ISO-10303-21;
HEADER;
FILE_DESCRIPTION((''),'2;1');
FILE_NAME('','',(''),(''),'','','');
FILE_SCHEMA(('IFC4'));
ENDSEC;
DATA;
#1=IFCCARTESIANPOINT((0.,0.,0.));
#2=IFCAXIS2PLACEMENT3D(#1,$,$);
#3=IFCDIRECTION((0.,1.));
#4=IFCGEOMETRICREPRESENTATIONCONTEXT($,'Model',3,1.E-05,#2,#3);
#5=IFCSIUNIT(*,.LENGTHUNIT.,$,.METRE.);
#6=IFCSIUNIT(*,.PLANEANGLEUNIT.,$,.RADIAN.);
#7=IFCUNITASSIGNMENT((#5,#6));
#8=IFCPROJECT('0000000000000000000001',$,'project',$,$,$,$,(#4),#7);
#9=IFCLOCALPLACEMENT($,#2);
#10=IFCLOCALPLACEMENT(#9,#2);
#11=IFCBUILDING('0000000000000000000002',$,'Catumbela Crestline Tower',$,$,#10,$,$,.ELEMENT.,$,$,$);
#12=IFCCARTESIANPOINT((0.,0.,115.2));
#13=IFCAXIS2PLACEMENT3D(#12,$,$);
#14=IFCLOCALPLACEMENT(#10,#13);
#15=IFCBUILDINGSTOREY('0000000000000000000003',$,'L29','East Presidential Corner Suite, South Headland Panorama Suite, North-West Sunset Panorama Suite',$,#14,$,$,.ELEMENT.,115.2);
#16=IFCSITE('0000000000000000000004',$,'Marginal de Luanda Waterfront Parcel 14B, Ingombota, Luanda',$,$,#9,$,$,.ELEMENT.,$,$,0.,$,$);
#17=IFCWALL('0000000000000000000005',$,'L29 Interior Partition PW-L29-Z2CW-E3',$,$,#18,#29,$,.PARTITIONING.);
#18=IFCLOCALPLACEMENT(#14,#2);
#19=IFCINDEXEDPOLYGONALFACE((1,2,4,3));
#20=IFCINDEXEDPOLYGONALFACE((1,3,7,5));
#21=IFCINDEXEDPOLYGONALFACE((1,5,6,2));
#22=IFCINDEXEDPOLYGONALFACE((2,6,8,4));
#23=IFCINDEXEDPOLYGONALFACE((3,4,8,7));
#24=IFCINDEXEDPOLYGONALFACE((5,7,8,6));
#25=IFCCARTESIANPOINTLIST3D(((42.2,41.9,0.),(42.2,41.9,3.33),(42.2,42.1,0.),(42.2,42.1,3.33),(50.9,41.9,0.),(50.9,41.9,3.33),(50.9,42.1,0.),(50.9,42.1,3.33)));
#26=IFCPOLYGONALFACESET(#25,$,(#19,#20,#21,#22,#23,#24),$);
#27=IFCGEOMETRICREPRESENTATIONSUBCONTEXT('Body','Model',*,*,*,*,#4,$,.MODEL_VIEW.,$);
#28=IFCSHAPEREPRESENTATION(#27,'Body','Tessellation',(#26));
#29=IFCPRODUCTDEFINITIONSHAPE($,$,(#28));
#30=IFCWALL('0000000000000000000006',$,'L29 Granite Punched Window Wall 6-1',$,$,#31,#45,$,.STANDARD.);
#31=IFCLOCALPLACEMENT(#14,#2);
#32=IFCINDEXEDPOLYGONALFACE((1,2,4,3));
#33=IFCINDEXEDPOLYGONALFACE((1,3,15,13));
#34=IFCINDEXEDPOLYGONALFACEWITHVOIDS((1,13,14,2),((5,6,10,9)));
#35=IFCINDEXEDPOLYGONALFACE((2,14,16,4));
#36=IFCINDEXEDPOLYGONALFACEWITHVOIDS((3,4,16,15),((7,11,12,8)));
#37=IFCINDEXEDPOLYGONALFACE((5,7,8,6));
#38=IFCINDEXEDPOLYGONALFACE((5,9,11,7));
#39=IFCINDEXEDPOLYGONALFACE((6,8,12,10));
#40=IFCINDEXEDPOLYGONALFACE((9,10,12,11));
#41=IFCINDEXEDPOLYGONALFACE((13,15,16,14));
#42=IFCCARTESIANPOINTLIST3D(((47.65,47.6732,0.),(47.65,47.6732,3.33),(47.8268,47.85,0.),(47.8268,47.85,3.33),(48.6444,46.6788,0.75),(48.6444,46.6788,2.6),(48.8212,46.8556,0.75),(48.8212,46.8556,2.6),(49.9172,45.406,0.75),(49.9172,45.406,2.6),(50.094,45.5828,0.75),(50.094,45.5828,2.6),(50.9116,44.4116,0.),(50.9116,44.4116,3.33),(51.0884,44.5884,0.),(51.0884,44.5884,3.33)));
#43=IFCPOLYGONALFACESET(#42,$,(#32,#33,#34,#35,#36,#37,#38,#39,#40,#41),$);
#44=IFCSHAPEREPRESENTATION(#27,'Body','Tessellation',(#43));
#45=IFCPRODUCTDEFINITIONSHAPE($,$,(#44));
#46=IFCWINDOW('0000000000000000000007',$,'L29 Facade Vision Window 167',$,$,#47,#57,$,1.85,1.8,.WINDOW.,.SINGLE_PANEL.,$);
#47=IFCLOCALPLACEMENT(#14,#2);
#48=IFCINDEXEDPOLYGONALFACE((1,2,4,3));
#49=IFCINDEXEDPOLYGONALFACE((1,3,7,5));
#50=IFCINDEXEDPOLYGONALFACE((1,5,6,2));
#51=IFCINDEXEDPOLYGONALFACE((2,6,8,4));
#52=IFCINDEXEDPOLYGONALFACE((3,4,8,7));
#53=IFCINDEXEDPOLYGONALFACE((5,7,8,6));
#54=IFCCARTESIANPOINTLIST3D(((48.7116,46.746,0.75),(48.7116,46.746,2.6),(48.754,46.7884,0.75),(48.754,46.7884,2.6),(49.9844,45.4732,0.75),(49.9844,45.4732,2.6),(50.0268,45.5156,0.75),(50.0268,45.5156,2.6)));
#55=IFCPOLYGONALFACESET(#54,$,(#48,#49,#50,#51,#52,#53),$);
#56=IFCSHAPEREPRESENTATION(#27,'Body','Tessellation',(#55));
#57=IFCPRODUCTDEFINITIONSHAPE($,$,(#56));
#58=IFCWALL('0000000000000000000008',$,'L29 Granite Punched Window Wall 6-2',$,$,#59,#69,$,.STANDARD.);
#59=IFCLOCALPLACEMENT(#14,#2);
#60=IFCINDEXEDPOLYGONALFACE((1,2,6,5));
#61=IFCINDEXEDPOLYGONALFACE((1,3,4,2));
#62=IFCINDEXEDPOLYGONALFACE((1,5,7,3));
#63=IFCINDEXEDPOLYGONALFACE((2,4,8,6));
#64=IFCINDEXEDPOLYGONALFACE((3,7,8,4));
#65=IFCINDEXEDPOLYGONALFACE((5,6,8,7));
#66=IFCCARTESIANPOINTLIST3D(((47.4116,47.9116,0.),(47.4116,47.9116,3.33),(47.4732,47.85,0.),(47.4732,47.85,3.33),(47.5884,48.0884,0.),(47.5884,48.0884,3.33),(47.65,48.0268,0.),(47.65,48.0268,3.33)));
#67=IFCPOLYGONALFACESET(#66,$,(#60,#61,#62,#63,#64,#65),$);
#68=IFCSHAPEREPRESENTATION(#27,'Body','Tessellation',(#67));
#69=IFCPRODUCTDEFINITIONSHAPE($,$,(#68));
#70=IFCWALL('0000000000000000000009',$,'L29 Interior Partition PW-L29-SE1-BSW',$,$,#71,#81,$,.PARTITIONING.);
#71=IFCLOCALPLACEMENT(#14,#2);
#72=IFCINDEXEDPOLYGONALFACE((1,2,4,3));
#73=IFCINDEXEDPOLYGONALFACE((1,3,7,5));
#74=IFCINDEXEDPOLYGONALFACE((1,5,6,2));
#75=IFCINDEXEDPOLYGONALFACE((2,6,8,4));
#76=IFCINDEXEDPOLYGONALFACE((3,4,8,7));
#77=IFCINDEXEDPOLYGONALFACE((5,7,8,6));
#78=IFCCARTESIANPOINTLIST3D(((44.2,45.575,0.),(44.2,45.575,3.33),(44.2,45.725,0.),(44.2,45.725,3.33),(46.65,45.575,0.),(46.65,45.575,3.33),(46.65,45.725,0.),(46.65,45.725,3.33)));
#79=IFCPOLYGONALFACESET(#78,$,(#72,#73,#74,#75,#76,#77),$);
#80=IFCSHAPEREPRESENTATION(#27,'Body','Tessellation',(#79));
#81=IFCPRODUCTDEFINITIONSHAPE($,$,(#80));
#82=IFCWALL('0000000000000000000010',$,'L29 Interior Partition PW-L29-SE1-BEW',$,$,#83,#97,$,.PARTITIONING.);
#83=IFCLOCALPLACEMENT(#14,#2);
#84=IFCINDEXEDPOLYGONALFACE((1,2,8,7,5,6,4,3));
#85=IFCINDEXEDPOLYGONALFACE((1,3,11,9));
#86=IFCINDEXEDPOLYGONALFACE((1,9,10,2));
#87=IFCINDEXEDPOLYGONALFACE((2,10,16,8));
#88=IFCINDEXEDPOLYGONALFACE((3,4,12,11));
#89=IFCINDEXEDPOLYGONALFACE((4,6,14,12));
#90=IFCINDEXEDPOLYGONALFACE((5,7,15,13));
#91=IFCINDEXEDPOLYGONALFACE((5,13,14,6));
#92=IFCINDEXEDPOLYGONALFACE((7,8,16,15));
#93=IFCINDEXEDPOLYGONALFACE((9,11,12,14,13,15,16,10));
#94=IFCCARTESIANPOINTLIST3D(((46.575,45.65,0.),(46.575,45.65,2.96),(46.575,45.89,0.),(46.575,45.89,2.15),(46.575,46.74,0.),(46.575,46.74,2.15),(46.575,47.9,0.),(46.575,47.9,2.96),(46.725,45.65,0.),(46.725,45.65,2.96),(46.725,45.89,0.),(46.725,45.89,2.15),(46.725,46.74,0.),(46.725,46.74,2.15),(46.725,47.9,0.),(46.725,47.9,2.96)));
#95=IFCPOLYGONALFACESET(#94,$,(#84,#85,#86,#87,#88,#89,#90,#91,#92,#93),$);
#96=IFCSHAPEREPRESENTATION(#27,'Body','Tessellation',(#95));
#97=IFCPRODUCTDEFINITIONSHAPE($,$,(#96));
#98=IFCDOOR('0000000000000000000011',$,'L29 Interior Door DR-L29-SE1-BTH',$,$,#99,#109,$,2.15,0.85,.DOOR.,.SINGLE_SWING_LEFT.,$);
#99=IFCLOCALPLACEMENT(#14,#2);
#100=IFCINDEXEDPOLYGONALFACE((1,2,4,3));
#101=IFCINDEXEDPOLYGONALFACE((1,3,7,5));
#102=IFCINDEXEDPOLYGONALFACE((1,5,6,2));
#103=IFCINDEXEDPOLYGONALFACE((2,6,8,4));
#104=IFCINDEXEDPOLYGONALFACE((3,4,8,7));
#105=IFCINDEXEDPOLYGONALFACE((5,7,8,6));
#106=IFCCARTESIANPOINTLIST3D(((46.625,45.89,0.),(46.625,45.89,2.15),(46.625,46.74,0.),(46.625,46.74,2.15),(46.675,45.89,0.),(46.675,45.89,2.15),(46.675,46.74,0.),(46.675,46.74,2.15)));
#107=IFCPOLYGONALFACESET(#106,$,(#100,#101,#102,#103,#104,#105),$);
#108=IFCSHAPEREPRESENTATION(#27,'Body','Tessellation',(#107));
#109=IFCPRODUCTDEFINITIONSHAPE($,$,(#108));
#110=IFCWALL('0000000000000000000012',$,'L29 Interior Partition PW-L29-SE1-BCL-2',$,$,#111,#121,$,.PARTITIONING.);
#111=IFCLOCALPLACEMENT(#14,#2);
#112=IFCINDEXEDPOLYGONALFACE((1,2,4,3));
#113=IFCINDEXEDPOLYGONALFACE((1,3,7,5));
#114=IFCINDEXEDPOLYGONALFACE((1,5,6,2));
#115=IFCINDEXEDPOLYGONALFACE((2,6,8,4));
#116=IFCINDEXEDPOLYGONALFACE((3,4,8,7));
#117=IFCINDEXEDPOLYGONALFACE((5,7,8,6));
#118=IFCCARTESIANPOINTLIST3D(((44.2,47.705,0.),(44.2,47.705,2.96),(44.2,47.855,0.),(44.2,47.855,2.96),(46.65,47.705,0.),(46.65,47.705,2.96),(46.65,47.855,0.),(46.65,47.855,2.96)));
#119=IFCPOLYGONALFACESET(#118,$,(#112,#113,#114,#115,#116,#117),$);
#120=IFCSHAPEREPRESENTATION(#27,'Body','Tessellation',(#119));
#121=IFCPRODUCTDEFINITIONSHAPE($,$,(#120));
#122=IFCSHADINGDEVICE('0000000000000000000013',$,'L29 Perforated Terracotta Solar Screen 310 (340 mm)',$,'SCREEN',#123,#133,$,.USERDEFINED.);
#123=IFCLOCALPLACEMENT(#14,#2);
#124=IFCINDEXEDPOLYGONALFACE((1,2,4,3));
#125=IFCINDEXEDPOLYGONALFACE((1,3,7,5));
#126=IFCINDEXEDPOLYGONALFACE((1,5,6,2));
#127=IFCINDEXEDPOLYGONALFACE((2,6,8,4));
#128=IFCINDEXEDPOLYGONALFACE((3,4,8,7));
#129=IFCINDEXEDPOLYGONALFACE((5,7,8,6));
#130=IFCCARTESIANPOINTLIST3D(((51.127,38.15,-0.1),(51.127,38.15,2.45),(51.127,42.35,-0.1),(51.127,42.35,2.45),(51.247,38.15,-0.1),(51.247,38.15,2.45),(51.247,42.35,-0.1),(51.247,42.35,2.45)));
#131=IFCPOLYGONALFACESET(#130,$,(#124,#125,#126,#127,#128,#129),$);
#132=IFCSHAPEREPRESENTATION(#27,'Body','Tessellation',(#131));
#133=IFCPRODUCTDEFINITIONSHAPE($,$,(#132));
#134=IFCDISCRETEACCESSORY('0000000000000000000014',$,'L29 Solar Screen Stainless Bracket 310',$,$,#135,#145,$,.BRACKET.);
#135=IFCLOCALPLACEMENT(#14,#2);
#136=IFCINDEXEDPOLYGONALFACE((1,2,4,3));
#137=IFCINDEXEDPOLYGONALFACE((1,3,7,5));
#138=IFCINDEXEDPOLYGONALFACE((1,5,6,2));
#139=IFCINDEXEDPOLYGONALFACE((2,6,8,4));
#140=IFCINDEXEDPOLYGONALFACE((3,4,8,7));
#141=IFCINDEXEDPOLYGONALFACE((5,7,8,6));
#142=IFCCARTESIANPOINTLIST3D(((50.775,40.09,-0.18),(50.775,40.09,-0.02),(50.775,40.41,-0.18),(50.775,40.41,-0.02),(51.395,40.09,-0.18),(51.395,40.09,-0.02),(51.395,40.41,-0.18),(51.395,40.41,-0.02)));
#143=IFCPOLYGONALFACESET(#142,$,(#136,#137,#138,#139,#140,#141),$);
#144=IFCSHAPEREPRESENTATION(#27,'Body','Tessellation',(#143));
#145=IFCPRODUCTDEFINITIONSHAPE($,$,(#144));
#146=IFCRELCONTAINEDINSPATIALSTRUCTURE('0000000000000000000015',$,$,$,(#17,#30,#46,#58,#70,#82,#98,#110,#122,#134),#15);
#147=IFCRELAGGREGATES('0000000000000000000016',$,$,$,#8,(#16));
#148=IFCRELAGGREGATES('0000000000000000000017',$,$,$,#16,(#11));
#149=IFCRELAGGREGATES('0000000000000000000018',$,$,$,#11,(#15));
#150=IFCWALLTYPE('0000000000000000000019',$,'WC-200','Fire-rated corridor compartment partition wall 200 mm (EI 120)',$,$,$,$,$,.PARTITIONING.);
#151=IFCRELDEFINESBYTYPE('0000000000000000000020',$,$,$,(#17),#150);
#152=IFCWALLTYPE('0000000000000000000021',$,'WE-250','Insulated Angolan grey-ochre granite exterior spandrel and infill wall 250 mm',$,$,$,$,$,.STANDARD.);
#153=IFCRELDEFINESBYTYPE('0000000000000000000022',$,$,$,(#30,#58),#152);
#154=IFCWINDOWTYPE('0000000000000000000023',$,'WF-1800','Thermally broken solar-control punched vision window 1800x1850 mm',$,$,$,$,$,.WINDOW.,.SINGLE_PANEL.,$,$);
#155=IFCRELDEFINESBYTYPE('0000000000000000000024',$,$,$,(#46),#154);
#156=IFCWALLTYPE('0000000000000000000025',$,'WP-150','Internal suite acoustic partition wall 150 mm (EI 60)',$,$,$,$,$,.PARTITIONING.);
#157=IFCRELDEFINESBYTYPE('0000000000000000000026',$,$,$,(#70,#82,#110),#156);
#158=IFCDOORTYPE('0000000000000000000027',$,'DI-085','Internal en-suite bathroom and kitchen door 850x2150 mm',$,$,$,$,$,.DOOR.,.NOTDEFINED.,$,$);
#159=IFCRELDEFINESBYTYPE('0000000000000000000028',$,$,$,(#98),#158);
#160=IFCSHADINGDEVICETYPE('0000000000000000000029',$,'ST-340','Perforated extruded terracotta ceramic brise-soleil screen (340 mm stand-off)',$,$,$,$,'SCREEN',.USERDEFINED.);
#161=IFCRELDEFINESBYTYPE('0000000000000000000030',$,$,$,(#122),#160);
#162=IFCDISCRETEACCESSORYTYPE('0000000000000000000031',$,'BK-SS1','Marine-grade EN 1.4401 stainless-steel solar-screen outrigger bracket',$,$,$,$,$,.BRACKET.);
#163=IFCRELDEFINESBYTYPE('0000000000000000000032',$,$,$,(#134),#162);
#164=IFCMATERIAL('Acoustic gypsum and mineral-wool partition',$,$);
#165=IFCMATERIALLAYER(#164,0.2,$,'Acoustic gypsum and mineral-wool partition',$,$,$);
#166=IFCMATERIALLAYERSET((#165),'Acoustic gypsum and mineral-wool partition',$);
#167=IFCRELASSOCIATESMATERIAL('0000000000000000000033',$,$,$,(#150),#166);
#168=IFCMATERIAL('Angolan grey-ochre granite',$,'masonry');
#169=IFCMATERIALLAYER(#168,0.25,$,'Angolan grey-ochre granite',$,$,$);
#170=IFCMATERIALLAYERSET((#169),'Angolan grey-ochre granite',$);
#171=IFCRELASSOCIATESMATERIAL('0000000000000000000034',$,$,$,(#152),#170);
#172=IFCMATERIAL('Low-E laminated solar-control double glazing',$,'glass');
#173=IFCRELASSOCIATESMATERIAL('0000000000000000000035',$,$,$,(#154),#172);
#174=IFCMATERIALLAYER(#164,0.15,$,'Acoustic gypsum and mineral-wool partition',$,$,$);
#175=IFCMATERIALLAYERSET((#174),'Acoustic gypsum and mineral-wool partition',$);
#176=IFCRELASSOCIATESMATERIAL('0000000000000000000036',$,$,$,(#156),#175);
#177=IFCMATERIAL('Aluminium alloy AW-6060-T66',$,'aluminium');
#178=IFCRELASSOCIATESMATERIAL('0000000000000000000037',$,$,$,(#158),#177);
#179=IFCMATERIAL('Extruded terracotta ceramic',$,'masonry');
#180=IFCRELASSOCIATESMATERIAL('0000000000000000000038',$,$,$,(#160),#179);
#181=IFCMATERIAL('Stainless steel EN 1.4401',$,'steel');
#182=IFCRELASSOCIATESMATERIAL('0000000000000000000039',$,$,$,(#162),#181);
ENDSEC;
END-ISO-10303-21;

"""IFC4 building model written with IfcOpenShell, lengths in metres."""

from ifc_helpers import new_model, si_unit, direction, frame, frame_2d, origin, origin_2d, place, context, subcontext, project, spatial, rectangle, extrude, material, layer, layer_set, type_object, element, fill, save


model = new_model("IFC4")

# Units and contexts
model_context = context("Model", 3, precision=1e-05, world=origin(), true_north=direction((0.0, 1.0)))
body_context = subcontext(model_context, "Body", "Model", "MODEL_VIEW")
ifc_project = project(units=[si_unit("LENGTHUNIT", "METRE"), si_unit("PLANEANGLEUNIT", "RADIAN")], contexts=[model_context])

# Site, building, storey
site_placement = place(None, origin())
site = spatial("IfcSite", under=ifc_project, at=site_placement, Name="Marginal de Luanda Waterfront Parcel 14B, Ingombota, Luanda", CompositionType="ELEMENT", RefElevation=0.0)
building_placement = place(site_placement, origin())
building = spatial("IfcBuilding", under=site, at=building_placement, Name="Catumbela Crestline Tower", CompositionType="ELEMENT")
storey_placement = place(building_placement, frame((0.0, 0.0, 115.2)))
storey = spatial("IfcBuildingStorey", under=building, at=storey_placement, Name="L29", Description="East Presidential Corner Suite, South Headland Panorama Suite, North-West Sunset Panorama Suite", CompositionType="ELEMENT", Elevation=115.2)

# Shared definitions
ifc_material_1 = material(Name="Aluminium alloy AW-6060-T66", Category="aluminium")

# Shared definitions
ifc_material_2 = material(Name="Low-E laminated solar-control double glazing", Category="glass")

# Wall
ifc_material_3 = material(Name="Acoustic gypsum and mineral-wool partition")
ifc_layer_1 = layer(ifc_material_3, 0.2, Name="Acoustic gypsum and mineral-wool partition")
ifc_layer_set_1 = layer_set([ifc_layer_1], Name="Acoustic gypsum and mineral-wool partition")
wall_type_1 = type_object("IfcWallType", Name="WC-200", Description="Fire-rated corridor compartment partition wall 200 mm (EI 120)", PredefinedType="PARTITIONING", material=ifc_layer_set_1)
wall_1_placement = place(storey_placement, frame((42.2, 42.0, 0.0), z_axis=(0.0, 0.0, 1.0), x_axis=(1.0, 0.0, 0.0)))
element("IfcWall", 1, at=wall_1_placement, inside=storey, type_object=wall_type_1, Name="L29 Interior Partition PW-L29-Z2CW-E3", PredefinedType="PARTITIONING", context=body_context, shape_type="SweptSolid", body=[
    extrude(rectangle(XDim=8.7, YDim=0.2, at=frame_2d((4.35, 0.0))), origin(), (0.0, 0.0, 1.0), 3.33),
])

# Wall, opening, window
ifc_material_4 = material(Name="Angolan grey-ochre granite", Category="masonry")
ifc_layer_2 = layer(ifc_material_4, 0.25, Name="Angolan grey-ochre granite")
ifc_layer_set_2 = layer_set([ifc_layer_2], Name="Angolan grey-ochre granite")
wall_type_2 = type_object("IfcWallType", Name="WE-250", Description="Insulated Angolan grey-ochre granite exterior spandrel and infill wall 250 mm", PredefinedType="STANDARD", material=ifc_layer_set_2)
wall_2_placement = place(storey_placement, frame((51.0, 44.5, 0.0), z_axis=(0.0, 0.0, 1.0), x_axis=(-0.707107, 0.707107, 0.0)))
wall_2 = element("IfcWall", 2, at=wall_2_placement, inside=storey, type_object=wall_type_2, Name="L29 Granite Punched Window Wall 6-1", PredefinedType="STANDARD", context=body_context, shape_type="SweptSolid", body=[
    extrude(rectangle(XDim=4.6126, YDim=0.25, at=frame_2d((2.3063, 0.0))), origin(), (0.0, 0.0, 1.0), 3.33),
])
opening_1_placement = place(wall_2_placement, frame((1.4063, 0.0, 0.75)))
opening_1 = element("IfcOpeningElement", 3, at=opening_1_placement, cuts=wall_2, PredefinedType="OPENING", context=body_context, shape_type="SweptSolid", body=[
    extrude(rectangle(XDim=1.8, YDim=1.85, at=frame_2d((0.9, 0.925))), frame((0.0, 0.135, 0.0), z_axis=(0.0, -1.0, 0.0), x_axis=(1.0, 0.0, 0.0)), (0.0, 0.0, 1.0), 0.27),
])
window_type = type_object("IfcWindowType", Name="WF-1800", Description="Thermally broken solar-control punched vision window 1800x1850 mm", PartitioningType="SINGLE_PANEL", PredefinedType="WINDOW", material=ifc_material_2)
window_placement = place(opening_1_placement, origin())
window = element("IfcWindow", 4, at=window_placement, inside=storey, type_object=window_type, Name="L29 Facade Vision Window 167", OverallHeight=1.85, OverallWidth=1.8, PartitioningType="SINGLE_PANEL", PredefinedType="WINDOW", context=body_context, shape_type="SweptSolid", body=[
    extrude(rectangle(XDim=1.8, YDim=1.85, at=frame_2d((0.9, 0.925))), frame((0.0, 0.03, 0.0), z_axis=(0.0, -1.0, 0.0), x_axis=(1.0, 0.0, 0.0)), (0.0, 0.0, 1.0), 0.06),
])
fill(opening_1, window)

# Walls
wall_3_placement = place(storey_placement, frame((47.5616, 47.9384, 0.0), z_axis=(0.0, 0.0, 1.0), x_axis=(-0.707107, 0.707107, 0.0)))
element("IfcWall", 5, at=wall_3_placement, inside=storey, type_object=wall_type_2, Name="L29 Granite Punched Window Wall 6-2", PredefinedType="STANDARD", context=body_context, shape_type="SweptSolid", body=[
    extrude(rectangle(XDim=0.0871, YDim=0.25, at=frame_2d((0.0436, 0.0))), origin(), (0.0, 0.0, 1.0), 3.33),
])
ifc_layer_3 = layer(ifc_material_3, 0.15, Name="Acoustic gypsum and mineral-wool partition")
ifc_layer_set_3 = layer_set([ifc_layer_3], Name="Acoustic gypsum and mineral-wool partition")
wall_type_3 = type_object("IfcWallType", Name="WP-150", Description="Internal suite acoustic partition wall 150 mm (EI 60)", PredefinedType="PARTITIONING", material=ifc_layer_set_3)
wall_4_placement = place(storey_placement, frame((44.2, 45.65, 0.0), z_axis=(0.0, 0.0, 1.0), x_axis=(1.0, 0.0, 0.0)))
element("IfcWall", 6, at=wall_4_placement, inside=storey, type_object=wall_type_3, Name="L29 Interior Partition PW-L29-SE1-BSW", PredefinedType="PARTITIONING", context=body_context, shape_type="SweptSolid", body=[
    extrude(rectangle(XDim=2.45, YDim=0.15, at=frame_2d((1.225, 0.0))), origin(), (0.0, 0.0, 1.0), 3.33),
])

# Wall, opening, door
wall_5_placement = place(storey_placement, frame((46.65, 45.65, 0.0), z_axis=(0.0, 0.0, 1.0), x_axis=(0.0, 1.0, 0.0)))
wall_5 = element("IfcWall", 7, at=wall_5_placement, inside=storey, type_object=wall_type_3, Name="L29 Interior Partition PW-L29-SE1-BEW", PredefinedType="PARTITIONING", context=body_context, shape_type="SweptSolid", body=[
    extrude(rectangle(XDim=2.25, YDim=0.15, at=frame_2d((1.125, 0.0))), origin(), (0.0, 0.0, 1.0), 2.96),
])
opening_2_placement = place(wall_5_placement, frame((0.24, 0.0, 0.0)))
opening_2 = element("IfcOpeningElement", 8, at=opening_2_placement, cuts=wall_5, PredefinedType="OPENING", context=body_context, shape_type="SweptSolid", body=[
    extrude(rectangle(XDim=0.85, YDim=2.15, at=frame_2d((0.425, 1.075))), frame((0.0, 0.085, 0.0), z_axis=(0.0, -1.0, 0.0), x_axis=(1.0, 0.0, 0.0)), (0.0, 0.0, 1.0), 0.17),
])
door_type = type_object("IfcDoorType", Name="DI-085", Description="Internal en-suite bathroom and kitchen door 850x2150 mm", OperationType="NOTDEFINED", PredefinedType="DOOR", material=ifc_material_1)
door_placement = place(opening_2_placement, origin())
door = element("IfcDoor", 9, at=door_placement, inside=storey, type_object=door_type, Name="L29 Interior Door DR-L29-SE1-BTH", OperationType="SINGLE_SWING_LEFT", OverallHeight=2.15, OverallWidth=0.85, PredefinedType="DOOR", context=body_context, shape_type="SweptSolid", body=[
    extrude(rectangle(XDim=0.85, YDim=2.15, at=frame_2d((0.425, 1.075))), frame((0.0, 0.025, 0.0), z_axis=(0.0, -1.0, 0.0), x_axis=(1.0, 0.0, 0.0)), (0.0, 0.0, 1.0), 0.05),
])
fill(opening_2, door)

# Wall
wall_6_placement = place(storey_placement, frame((44.2, 47.78, 0.0), z_axis=(0.0, 0.0, 1.0), x_axis=(1.0, 0.0, 0.0)))
element("IfcWall", 10, at=wall_6_placement, inside=storey, type_object=wall_type_3, Name="L29 Interior Partition PW-L29-SE1-BCL-2", PredefinedType="PARTITIONING", context=body_context, shape_type="SweptSolid", body=[
    extrude(rectangle(XDim=2.45, YDim=0.15, at=frame_2d((1.225, 0.0))), origin(), (0.0, 0.0, 1.0), 2.96),
])

# Shading device
ifc_material_5 = material(Name="Extruded terracotta ceramic", Category="masonry")
shading_device_type = type_object("IfcShadingDeviceType", Name="ST-340", Description="Perforated extruded terracotta ceramic brise-soleil screen (340 mm stand-off)", ElementType="SCREEN", PredefinedType="USERDEFINED", material=ifc_material_5)
shading_device_placement = place(storey_placement, frame((51.187, 40.25, -0.1), z_axis=(0.0, 0.0, 1.0), x_axis=(0.0, 1.0, 0.0)))
element("IfcShadingDevice", 11, at=shading_device_placement, inside=storey, type_object=shading_device_type, Name="L29 Perforated Terracotta Solar Screen 310 (340 mm)", ObjectType="SCREEN", PredefinedType="USERDEFINED", context=body_context, shape_type="SweptSolid", body=[
    extrude(rectangle(XDim=4.2, YDim=0.12, at=origin_2d()), origin(), (0.0, 0.0, 1.0), 2.55),
])

# Discrete accessory
ifc_material_6 = material(Name="Stainless steel EN 1.4401", Category="steel")
discrete_accessory_type = type_object("IfcDiscreteAccessoryType", Name="BK-SS1", Description="Marine-grade EN 1.4401 stainless-steel solar-screen outrigger bracket", PredefinedType="BRACKET", material=ifc_material_6)
discrete_accessory_placement = place(storey_placement, frame((51.085, 40.25, -0.18), z_axis=(0.0, 0.0, 1.0), x_axis=(0.0, 1.0, 0.0)))
element("IfcDiscreteAccessory", 12, at=discrete_accessory_placement, inside=storey, type_object=discrete_accessory_type, Name="L29 Solar Screen Stainless Bracket 310", PredefinedType="BRACKET", context=body_context, shape_type="SweptSolid", body=[
    extrude(rectangle(XDim=0.32, YDim=0.62, at=origin_2d()), origin(), (0.0, 0.0, 1.0), 0.16),
])

save(model, "model.ifc")
